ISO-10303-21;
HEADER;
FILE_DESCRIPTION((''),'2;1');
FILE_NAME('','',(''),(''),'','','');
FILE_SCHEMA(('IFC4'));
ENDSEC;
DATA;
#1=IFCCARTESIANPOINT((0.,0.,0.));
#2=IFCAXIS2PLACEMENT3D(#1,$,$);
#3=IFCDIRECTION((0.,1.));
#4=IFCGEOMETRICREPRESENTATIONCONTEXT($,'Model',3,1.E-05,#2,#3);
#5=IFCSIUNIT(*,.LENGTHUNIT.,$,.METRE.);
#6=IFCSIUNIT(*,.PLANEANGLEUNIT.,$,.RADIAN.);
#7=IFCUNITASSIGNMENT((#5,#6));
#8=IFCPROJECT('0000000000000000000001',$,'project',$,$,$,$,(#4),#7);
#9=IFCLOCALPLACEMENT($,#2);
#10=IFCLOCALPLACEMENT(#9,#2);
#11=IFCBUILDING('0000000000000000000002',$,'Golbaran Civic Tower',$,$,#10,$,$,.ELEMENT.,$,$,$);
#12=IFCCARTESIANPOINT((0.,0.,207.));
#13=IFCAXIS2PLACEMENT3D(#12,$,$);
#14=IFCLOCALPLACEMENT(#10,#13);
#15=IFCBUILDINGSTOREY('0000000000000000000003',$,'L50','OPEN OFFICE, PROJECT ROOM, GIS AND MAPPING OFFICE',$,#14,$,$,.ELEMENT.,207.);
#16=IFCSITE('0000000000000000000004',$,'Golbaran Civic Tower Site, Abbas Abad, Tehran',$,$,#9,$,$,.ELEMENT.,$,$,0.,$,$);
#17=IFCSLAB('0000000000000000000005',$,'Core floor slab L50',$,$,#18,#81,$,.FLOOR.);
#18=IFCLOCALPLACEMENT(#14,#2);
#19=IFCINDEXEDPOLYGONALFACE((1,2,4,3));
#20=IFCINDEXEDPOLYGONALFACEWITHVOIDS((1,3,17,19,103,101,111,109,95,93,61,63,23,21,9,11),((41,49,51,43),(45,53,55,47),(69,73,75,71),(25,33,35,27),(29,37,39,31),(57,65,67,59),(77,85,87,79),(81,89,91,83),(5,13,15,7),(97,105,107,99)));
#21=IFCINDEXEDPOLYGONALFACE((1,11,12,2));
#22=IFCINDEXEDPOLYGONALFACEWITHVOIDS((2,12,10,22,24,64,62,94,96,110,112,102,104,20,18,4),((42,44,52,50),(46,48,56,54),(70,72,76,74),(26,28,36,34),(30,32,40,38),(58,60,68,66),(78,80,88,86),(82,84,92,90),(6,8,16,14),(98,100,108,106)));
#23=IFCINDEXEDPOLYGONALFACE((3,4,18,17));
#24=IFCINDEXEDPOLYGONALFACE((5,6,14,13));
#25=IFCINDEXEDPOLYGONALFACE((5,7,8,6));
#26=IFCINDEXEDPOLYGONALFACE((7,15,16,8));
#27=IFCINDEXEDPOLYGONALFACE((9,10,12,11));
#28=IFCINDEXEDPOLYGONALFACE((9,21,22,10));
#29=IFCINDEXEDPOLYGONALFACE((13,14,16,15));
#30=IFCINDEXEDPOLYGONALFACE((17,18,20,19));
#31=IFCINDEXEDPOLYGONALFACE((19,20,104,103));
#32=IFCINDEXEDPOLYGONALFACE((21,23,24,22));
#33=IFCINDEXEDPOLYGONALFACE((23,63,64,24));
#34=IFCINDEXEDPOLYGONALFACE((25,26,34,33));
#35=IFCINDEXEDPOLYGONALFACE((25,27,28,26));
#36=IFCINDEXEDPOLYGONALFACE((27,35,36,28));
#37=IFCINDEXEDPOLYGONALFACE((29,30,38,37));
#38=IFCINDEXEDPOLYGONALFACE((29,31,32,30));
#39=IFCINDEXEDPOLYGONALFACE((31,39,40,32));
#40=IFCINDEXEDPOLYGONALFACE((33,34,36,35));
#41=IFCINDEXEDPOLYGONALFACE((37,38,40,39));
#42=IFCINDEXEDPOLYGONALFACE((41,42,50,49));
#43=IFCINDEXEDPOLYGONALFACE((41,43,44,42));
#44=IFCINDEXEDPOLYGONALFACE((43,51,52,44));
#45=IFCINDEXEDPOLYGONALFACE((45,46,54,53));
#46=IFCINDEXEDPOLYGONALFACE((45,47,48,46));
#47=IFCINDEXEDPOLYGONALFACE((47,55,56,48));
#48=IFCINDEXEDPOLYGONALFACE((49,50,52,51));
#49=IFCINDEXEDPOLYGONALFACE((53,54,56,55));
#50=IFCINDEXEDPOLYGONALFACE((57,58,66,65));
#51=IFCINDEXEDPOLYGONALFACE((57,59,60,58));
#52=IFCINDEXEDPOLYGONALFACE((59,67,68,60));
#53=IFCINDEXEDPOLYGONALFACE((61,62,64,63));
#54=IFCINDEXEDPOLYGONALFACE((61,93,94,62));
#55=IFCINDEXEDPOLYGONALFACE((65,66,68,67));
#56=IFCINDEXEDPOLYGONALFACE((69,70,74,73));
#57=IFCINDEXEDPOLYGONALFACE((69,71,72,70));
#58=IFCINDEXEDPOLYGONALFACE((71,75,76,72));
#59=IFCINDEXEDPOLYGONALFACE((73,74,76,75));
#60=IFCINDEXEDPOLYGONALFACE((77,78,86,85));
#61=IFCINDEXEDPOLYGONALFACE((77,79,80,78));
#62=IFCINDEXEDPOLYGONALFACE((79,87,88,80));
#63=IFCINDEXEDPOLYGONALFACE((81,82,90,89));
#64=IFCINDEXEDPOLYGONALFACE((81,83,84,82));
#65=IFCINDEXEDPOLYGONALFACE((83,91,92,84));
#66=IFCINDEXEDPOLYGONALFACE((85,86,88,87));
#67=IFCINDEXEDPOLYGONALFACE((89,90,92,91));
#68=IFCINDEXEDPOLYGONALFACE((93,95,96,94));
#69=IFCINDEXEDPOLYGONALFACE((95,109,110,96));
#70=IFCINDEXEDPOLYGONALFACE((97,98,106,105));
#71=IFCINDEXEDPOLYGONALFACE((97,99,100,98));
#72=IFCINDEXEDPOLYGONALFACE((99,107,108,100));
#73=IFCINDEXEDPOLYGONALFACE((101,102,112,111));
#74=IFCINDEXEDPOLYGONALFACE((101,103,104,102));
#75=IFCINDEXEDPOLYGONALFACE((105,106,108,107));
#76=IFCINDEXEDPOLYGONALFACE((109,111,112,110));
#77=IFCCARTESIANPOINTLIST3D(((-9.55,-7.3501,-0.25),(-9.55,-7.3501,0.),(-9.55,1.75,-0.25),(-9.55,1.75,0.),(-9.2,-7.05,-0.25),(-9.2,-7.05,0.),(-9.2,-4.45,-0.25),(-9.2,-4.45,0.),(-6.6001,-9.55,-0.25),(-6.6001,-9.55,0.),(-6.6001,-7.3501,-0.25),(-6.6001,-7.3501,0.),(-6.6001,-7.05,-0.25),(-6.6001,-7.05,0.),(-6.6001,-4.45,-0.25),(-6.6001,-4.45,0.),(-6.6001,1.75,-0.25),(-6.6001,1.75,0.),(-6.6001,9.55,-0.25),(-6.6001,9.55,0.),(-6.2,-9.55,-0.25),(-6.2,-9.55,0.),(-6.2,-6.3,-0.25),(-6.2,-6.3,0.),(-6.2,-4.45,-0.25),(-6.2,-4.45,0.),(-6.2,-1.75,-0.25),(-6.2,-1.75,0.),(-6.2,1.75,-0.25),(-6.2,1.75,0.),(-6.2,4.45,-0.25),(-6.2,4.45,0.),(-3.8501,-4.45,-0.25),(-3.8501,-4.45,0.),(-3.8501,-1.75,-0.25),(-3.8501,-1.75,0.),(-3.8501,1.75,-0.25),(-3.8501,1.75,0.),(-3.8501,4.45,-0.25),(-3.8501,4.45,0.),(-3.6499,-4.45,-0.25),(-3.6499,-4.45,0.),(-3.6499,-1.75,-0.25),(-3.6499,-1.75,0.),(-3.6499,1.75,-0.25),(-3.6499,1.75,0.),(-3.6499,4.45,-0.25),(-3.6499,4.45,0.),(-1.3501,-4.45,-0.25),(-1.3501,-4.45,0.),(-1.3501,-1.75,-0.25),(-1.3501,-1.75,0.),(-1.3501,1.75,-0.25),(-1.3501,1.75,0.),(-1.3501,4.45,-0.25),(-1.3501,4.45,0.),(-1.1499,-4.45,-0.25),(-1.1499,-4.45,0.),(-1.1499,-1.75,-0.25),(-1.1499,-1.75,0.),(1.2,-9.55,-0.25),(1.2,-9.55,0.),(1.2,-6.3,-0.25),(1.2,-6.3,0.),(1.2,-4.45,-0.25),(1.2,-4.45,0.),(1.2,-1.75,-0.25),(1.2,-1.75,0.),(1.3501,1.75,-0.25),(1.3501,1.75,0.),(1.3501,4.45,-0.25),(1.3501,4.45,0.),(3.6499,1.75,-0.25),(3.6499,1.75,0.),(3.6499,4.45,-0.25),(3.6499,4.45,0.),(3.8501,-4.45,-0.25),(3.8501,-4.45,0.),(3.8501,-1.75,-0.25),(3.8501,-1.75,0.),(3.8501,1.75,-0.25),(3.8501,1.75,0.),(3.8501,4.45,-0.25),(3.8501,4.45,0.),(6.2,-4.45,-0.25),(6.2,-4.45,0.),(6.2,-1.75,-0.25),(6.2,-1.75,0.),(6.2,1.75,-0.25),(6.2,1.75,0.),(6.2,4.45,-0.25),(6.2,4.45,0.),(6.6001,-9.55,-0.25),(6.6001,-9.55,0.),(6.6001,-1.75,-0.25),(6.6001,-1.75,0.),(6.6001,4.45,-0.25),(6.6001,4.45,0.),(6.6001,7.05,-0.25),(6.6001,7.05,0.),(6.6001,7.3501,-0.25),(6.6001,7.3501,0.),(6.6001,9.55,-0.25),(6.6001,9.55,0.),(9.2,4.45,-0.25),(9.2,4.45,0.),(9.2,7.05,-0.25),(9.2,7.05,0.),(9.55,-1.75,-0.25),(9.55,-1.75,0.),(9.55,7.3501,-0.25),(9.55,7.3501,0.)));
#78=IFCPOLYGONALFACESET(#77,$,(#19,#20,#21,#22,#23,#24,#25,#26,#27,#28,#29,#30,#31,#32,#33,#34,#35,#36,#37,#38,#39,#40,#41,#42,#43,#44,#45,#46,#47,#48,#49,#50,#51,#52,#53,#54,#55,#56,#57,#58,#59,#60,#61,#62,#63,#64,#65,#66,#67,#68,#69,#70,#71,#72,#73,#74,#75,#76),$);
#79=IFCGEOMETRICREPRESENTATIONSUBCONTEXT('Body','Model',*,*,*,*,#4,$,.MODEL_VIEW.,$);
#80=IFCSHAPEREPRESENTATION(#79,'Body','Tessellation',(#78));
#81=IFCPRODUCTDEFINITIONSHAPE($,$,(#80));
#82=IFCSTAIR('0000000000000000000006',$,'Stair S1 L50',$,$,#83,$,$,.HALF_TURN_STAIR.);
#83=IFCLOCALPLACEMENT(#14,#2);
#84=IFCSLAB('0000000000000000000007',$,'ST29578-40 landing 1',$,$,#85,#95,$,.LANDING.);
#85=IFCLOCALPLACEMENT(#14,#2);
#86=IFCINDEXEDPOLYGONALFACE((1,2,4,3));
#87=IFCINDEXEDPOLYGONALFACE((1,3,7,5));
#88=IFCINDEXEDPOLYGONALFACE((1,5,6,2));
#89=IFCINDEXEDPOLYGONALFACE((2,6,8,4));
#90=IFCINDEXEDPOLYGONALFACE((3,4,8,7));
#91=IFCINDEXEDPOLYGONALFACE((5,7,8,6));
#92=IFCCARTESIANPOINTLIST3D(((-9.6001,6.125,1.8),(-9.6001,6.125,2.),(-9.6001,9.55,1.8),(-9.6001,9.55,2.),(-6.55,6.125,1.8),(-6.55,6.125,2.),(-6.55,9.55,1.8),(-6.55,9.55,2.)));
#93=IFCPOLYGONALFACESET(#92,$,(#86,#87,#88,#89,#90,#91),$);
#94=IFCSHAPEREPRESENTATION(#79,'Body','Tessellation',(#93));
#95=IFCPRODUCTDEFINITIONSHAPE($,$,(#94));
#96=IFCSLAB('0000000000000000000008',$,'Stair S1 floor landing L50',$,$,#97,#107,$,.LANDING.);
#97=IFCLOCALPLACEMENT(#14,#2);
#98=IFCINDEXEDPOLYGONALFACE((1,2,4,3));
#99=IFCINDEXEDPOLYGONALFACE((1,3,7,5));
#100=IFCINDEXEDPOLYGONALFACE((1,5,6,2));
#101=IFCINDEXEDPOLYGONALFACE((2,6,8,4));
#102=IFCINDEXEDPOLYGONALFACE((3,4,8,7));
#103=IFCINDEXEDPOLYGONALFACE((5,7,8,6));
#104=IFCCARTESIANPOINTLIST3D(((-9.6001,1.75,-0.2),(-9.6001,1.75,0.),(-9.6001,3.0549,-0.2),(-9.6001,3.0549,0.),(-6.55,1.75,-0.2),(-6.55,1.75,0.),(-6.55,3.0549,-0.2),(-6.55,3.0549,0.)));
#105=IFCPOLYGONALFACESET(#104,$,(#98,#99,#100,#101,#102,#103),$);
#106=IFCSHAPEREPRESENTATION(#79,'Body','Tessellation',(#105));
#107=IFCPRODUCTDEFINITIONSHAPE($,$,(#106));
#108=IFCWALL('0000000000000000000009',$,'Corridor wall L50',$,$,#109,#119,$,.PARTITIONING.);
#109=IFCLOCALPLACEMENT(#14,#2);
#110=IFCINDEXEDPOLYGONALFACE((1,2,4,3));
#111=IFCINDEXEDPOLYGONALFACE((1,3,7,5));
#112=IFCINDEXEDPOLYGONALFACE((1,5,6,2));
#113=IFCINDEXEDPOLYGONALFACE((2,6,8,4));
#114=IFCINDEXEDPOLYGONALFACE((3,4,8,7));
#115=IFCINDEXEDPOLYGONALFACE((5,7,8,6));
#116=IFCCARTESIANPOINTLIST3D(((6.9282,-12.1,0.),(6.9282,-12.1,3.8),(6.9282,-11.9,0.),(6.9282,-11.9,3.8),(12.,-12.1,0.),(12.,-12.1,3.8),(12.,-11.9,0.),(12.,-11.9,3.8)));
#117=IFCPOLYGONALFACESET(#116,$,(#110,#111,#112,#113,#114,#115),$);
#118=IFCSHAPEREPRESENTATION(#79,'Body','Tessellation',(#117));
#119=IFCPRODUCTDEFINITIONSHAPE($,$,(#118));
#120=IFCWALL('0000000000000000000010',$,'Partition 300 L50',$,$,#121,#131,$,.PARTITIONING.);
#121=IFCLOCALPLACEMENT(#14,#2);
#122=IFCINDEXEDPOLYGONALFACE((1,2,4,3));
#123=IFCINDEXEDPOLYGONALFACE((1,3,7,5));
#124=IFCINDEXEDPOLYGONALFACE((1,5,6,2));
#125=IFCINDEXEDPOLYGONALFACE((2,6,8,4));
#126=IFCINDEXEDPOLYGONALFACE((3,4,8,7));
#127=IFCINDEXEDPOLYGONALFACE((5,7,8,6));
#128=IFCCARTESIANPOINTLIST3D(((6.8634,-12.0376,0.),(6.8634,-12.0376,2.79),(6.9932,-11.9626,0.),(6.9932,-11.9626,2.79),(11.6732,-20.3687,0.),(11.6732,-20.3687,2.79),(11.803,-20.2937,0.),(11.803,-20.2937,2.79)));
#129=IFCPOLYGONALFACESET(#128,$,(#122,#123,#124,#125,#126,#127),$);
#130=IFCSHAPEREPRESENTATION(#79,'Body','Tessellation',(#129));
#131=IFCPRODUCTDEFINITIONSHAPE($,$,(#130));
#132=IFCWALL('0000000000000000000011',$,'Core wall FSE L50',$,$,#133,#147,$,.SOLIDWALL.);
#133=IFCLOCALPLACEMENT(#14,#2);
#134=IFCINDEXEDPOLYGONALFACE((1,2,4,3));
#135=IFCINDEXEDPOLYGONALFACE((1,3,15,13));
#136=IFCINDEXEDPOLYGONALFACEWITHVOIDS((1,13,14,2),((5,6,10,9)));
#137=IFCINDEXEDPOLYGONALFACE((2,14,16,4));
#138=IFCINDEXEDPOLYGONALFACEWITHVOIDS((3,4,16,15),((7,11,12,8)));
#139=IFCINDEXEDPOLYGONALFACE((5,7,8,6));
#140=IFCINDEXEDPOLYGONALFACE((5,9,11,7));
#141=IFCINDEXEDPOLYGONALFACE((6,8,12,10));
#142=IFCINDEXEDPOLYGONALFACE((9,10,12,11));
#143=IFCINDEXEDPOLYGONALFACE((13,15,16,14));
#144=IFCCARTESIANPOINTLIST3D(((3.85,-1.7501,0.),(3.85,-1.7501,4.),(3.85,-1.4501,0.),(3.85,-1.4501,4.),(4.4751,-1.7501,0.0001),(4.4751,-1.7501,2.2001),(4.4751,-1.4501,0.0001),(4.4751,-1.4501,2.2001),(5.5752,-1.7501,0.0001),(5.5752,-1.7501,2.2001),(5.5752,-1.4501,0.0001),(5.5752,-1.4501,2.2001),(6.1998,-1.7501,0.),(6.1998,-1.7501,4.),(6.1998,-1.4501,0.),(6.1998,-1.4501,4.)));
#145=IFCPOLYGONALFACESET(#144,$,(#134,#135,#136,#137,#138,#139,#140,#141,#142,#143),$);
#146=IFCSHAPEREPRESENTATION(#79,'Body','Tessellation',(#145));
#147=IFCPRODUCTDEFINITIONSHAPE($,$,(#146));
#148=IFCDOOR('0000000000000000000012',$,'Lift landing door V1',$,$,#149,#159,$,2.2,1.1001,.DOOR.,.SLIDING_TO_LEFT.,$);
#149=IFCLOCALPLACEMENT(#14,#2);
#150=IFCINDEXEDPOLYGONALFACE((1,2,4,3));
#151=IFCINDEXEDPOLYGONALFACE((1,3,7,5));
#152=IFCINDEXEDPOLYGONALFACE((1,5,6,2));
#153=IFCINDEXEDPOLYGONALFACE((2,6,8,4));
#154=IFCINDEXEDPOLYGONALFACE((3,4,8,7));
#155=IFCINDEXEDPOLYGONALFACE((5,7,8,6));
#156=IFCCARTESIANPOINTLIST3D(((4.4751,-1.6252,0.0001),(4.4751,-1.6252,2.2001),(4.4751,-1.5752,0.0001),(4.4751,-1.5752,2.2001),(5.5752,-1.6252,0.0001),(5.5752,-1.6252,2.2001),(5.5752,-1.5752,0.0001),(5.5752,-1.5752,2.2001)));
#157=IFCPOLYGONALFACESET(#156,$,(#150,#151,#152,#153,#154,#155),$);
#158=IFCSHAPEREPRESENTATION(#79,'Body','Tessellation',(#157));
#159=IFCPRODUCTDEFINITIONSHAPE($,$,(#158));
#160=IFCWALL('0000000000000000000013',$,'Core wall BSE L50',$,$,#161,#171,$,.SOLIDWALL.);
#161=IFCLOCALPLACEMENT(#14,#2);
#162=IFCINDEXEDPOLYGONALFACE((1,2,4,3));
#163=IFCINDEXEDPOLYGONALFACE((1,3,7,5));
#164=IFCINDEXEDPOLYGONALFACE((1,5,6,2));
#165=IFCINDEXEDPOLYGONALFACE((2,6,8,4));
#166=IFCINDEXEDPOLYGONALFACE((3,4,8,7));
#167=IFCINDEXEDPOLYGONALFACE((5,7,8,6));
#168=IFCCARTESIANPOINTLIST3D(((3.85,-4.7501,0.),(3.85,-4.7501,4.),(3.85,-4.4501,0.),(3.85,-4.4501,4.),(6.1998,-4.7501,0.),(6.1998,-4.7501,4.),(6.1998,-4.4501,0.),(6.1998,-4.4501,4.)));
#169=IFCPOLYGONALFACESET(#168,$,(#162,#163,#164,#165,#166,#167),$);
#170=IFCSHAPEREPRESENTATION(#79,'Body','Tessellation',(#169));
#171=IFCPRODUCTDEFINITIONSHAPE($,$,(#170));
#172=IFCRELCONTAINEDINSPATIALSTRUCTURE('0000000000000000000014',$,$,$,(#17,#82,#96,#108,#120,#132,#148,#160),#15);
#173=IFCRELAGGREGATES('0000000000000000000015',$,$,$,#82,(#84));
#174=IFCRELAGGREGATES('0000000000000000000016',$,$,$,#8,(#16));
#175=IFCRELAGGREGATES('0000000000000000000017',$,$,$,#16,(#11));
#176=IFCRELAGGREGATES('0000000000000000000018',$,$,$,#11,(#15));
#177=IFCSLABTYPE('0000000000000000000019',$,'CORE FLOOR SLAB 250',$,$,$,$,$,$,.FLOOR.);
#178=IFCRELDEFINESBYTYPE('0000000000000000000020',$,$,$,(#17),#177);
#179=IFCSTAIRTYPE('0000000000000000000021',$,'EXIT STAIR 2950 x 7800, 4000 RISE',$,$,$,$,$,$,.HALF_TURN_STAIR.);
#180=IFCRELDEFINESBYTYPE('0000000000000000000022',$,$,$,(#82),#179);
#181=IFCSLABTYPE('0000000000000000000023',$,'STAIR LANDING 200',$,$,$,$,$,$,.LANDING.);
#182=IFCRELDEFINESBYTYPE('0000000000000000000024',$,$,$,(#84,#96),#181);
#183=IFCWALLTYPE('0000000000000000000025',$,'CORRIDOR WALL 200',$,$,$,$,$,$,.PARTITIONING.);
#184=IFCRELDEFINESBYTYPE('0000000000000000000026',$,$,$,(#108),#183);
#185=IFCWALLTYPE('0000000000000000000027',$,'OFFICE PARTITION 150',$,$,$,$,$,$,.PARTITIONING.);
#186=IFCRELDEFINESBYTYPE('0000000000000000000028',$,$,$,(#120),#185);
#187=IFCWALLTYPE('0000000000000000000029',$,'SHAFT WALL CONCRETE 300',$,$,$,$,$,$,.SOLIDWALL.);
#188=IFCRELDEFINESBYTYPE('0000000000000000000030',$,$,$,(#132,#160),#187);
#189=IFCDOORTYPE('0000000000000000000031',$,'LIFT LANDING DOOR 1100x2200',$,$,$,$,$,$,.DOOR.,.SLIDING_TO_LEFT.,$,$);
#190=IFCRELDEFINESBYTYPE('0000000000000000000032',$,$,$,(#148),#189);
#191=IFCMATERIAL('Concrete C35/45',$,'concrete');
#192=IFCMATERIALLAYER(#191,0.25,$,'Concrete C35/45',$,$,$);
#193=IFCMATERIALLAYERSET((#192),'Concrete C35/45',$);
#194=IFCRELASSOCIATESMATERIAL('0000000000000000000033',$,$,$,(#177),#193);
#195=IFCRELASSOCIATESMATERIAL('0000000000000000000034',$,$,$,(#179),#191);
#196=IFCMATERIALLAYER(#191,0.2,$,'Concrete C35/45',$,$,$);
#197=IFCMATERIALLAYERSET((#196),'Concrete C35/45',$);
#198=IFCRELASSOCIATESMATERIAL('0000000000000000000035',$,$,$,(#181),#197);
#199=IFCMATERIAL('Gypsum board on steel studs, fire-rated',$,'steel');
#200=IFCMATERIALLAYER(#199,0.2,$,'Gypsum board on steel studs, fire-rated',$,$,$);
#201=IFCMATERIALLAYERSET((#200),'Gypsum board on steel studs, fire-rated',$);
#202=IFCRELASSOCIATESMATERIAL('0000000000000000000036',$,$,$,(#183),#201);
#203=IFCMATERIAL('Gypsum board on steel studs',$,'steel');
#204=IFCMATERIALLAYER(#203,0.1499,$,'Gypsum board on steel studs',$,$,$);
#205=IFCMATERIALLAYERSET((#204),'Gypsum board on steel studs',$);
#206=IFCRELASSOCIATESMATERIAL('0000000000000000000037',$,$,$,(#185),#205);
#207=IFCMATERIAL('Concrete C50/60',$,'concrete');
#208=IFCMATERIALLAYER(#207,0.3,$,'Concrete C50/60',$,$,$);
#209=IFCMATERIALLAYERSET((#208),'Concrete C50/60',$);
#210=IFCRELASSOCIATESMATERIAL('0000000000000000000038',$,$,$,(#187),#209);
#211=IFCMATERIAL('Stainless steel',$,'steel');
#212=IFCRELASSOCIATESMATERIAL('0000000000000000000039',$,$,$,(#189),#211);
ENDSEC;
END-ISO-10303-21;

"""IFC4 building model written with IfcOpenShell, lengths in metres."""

from ifc_helpers import new_model, si_unit, direction, frame, frame_2d, origin, place, context, subcontext, project, spatial, polyline, rectangle, outline, extrude, material, layer, layer_set, type_object, element, fill, aggregate, save


model = new_model("IFC4")

# Units and contexts
model_context = context("Model", 3, precision=1e-05, world=origin(), true_north=direction((0.0, 1.0)))
body_context = subcontext(model_context, "Body", "Model", "MODEL_VIEW")
ifc_project = project(units=[si_unit("LENGTHUNIT", "METRE"), si_unit("PLANEANGLEUNIT", "RADIAN")], contexts=[model_context])

# Site, building, storey
site_placement = place(None, origin())
site = spatial("IfcSite", under=ifc_project, at=site_placement, Name="Golbaran Civic Tower Site, Abbas Abad, Tehran", CompositionType="ELEMENT", RefElevation=0.0)
building_placement = place(site_placement, origin())
building = spatial("IfcBuilding", under=site, at=building_placement, Name="Golbaran Civic Tower", CompositionType="ELEMENT")
storey_placement = place(building_placement, frame((0.0, 0.0, 207.0)))
storey = spatial("IfcBuildingStorey", under=building, at=storey_placement, Name="L50", Description="OPEN OFFICE, PROJECT ROOM, GIS AND MAPPING OFFICE", CompositionType="ELEMENT", Elevation=207.0)

# Slab
ifc_material_1 = material(Name="Concrete C35/45", Category="concrete")
ifc_layer_1 = layer(ifc_material_1, 0.25, Name="Concrete C35/45")
ifc_layer_set_1 = layer_set([ifc_layer_1], Name="Concrete C35/45")
slab_type_1 = type_object("IfcSlabType", Name="CORE FLOOR SLAB 250", PredefinedType="FLOOR", material=ifc_layer_set_1)
slab_1_placement = place(storey_placement, frame((0.0, 0.0, -0.25)))
element("IfcSlab", 1, at=slab_1_placement, inside=storey, type_object=slab_type_1, Name="Core floor slab L50", PredefinedType="FLOOR", context=body_context, shape_type="SweptSolid", body=[
    extrude(outline(polyline([(6.6001, -1.75), (6.6001, -9.55), (1.2, -9.55), (1.2, -6.3), (-6.2, -6.3), (-6.2, -9.55), (-6.6001, -9.55), (-6.6001, -7.3501), (-9.55, -7.3501), (-9.55, 1.75), (-6.6001, 1.75), (-6.6001, 9.55), (6.6001, 9.55), (6.6001, 7.3501), (9.55, 7.3501), (9.55, -1.75), (6.6001, -1.75)]), holes=[polyline([(9.2, 7.05), (6.6001, 7.05), (6.6001, 4.45), (9.2, 4.45), (9.2, 7.05)]), polyline([(6.2, -1.75), (3.8501, -1.75), (3.8501, -4.45), (6.2, -4.45), (6.2, -1.75)]), polyline([(6.2, 4.45), (3.8501, 4.45), (3.8501, 1.75), (6.2, 1.75), (6.2, 4.45)]), polyline([(3.6499, 4.45), (1.3501, 4.45), (1.3501, 1.75), (3.6499, 1.75), (3.6499, 4.45)]), polyline([(1.2, -1.75), (-1.1499, -1.75), (-1.1499, -4.45), (1.2, -4.45), (1.2, -1.75)]), polyline([(-1.3501, 4.45), (-3.6499, 4.45), (-3.6499, 1.75), (-1.3501, 1.75), (-1.3501, 4.45)]), polyline([(-1.3501, -1.75), (-3.6499, -1.75), (-3.6499, -4.45), (-1.3501, -4.45), (-1.3501, -1.75)]), polyline([(-3.8501, -1.75), (-6.2, -1.75), (-6.2, -4.45), (-3.8501, -4.45), (-3.8501, -1.75)]), polyline([(-3.8501, 4.45), (-6.2, 4.45), (-6.2, 1.75), (-3.8501, 1.75), (-3.8501, 4.45)]), polyline([(-6.6001, -4.45), (-9.2, -4.45), (-9.2, -7.05), (-6.6001, -7.05), (-6.6001, -4.45)])]), origin(), (0.0, 0.0, 1.0), 0.25),
])

# Stair, slab
stair_type = type_object("IfcStairType", Name="EXIT STAIR 2950 x 7800, 4000 RISE", PredefinedType="HALF_TURN_STAIR", material=ifc_material_1)
stair_1_placement = place(storey_placement, origin())
stair_1 = element("IfcStair", 2, at=stair_1_placement, inside=storey, type_object=stair_type, Name="Stair S1 L50", PredefinedType="HALF_TURN_STAIR")
ifc_layer_2 = layer(ifc_material_1, 0.2, Name="Concrete C35/45")
ifc_layer_set_2 = layer_set([ifc_layer_2], Name="Concrete C35/45")
slab_type_2 = type_object("IfcSlabType", Name="STAIR LANDING 200", PredefinedType="LANDING", material=ifc_layer_set_2)
slab_2_placement = place(storey_placement, frame((0.0, 0.0, 1.8)))
slab_2 = element("IfcSlab", 3, at=slab_2_placement, type_object=slab_type_2, Name="ST29578-40 landing 1", PredefinedType="LANDING", context=body_context, shape_type="SweptSolid", body=[
    extrude(outline(polyline([(-9.6001, 6.125), (-9.6001, 9.55), (-6.55, 9.55), (-6.55, 6.125), (-9.6001, 6.125)])), origin(), (0.0, 0.0, 1.0), 0.2),
])
aggregate(stair_1, [slab_2])

# Slab
slab_3_placement = place(storey_placement, frame((0.0, 0.0, -0.2)))
element("IfcSlab", 4, at=slab_3_placement, inside=storey, type_object=slab_type_2, Name="Stair S1 floor landing L50", PredefinedType="LANDING", context=body_context, shape_type="SweptSolid", body=[
    extrude(outline(polyline([(-9.6001, 1.75), (-9.6001, 3.0549), (-6.55, 3.0549), (-6.55, 1.75), (-9.6001, 1.75)])), origin(), (0.0, 0.0, 1.0), 0.2),
])

# Walls
ifc_material_2 = material(Name="Gypsum board on steel studs, fire-rated", Category="steel")
ifc_layer_3 = layer(ifc_material_2, 0.2, Name="Gypsum board on steel studs, fire-rated")
ifc_layer_set_3 = layer_set([ifc_layer_3], Name="Gypsum board on steel studs, fire-rated")
wall_type_1 = type_object("IfcWallType", Name="CORRIDOR WALL 200", PredefinedType="PARTITIONING", material=ifc_layer_set_3)
wall_1_placement = place(storey_placement, frame((6.9282, -12.0, 0.0), z_axis=(0.0, 0.0, 1.0), x_axis=(1.0, 0.0, 0.0)))
element("IfcWall", 5, at=wall_1_placement, inside=storey, type_object=wall_type_1, Name="Corridor wall L50", PredefinedType="PARTITIONING", context=body_context, shape_type="SweptSolid", body=[
    extrude(rectangle(XDim=5.0718, YDim=0.2, at=frame_2d((2.5359, 0.0))), origin(), (0.0, 0.0, 1.0), 3.8),
])
ifc_material_3 = material(Name="Gypsum board on steel studs", Category="steel")
ifc_layer_4 = layer(ifc_material_3, 0.1499, Name="Gypsum board on steel studs")
ifc_layer_set_4 = layer_set([ifc_layer_4], Name="Gypsum board on steel studs")
wall_type_2 = type_object("IfcWallType", Name="OFFICE PARTITION 150", PredefinedType="PARTITIONING", material=ifc_layer_set_4)
wall_2_placement = place(storey_placement, frame((6.9282, -12.0, 0.0), z_axis=(0.0, 0.0, 1.0), x_axis=(0.49999, -0.866031, 0.0)))
element("IfcWall", 6, at=wall_2_placement, inside=storey, type_object=wall_type_2, Name="Partition 300 L50", PredefinedType="PARTITIONING", context=body_context, shape_type="SweptSolid", body=[
    extrude(rectangle(XDim=9.6199, YDim=0.1499, at=frame_2d((4.8101, 0.0))), origin(), (0.0, 0.0, 1.0), 2.79),
])

# Wall, opening, door
ifc_material_4 = material(Name="Concrete C50/60", Category="concrete")
ifc_layer_5 = layer(ifc_material_4, 0.3, Name="Concrete C50/60")
ifc_layer_set_5 = layer_set([ifc_layer_5], Name="Concrete C50/60")
wall_type_3 = type_object("IfcWallType", Name="SHAFT WALL CONCRETE 300", PredefinedType="SOLIDWALL", material=ifc_layer_set_5)
wall_3_placement = place(storey_placement, frame((3.8501, -1.6001, 0.0), z_axis=(0.0, 0.0, 1.0), x_axis=(1.0, 0.0, 0.0)))
wall_3 = element("IfcWall", 7, at=wall_3_placement, inside=storey, type_object=wall_type_3, Name="Core wall FSE L50", PredefinedType="SOLIDWALL", context=body_context, shape_type="SweptSolid", body=[
    extrude(rectangle(XDim=2.3499, YDim=0.3, at=frame_2d((1.1748, 0.0))), origin(), (0.0, 0.0, 1.0), 4.0),
])
opening_1_placement = place(wall_3_placement, frame((0.625, 0.0, 0.0)))
opening_1 = element("IfcOpeningElement", 8, at=opening_1_placement, cuts=wall_3, PredefinedType="OPENING", context=body_context, shape_type="SweptSolid", body=[
    extrude(rectangle(XDim=1.1001, YDim=2.2, at=frame_2d((0.55, 1.1001))), frame((0.0, 0.1599, 0.0), z_axis=(0.0, -1.0, 0.0), x_axis=(1.0, 0.0, 0.0)), (0.0, 0.0, 1.0), 0.3201),
])
ifc_material_5 = material(Name="Stainless steel", Category="steel")
door_type_1 = type_object("IfcDoorType", Name="LIFT LANDING DOOR 1100x2200", OperationType="SLIDING_TO_LEFT", PredefinedType="DOOR", material=ifc_material_5)
door_1_placement = place(opening_1_placement, origin())
door_1 = element("IfcDoor", 9, at=door_1_placement, inside=storey, type_object=door_type_1, Name="Lift landing door V1", OperationType="SLIDING_TO_LEFT", OverallHeight=2.2, OverallWidth=1.1001, PredefinedType="DOOR", context=body_context, shape_type="SweptSolid", body=[
    extrude(rectangle(XDim=1.1001, YDim=2.2, at=frame_2d((0.55, 1.1001))), frame((0.0, 0.0249, 0.0), z_axis=(0.0, -1.0, 0.0), x_axis=(1.0, 0.0, 0.0)), (0.0, 0.0, 1.0), 0.05),
])
fill(opening_1, door_1)

# Wall
wall_4_placement = place(storey_placement, frame((3.8501, -4.6001, 0.0), z_axis=(0.0, 0.0, 1.0), x_axis=(1.0, 0.0, 0.0)))
element("IfcWall", 10, at=wall_4_placement, inside=storey, type_object=wall_type_3, Name="Core wall BSE L50", PredefinedType="SOLIDWALL", context=body_context, shape_type="SweptSolid", body=[
    extrude(rectangle(XDim=2.3499, YDim=0.3, at=frame_2d((1.1748, 0.0))), origin(), (0.0, 0.0, 1.0), 4.0),
])

save(model, "model.ifc")
